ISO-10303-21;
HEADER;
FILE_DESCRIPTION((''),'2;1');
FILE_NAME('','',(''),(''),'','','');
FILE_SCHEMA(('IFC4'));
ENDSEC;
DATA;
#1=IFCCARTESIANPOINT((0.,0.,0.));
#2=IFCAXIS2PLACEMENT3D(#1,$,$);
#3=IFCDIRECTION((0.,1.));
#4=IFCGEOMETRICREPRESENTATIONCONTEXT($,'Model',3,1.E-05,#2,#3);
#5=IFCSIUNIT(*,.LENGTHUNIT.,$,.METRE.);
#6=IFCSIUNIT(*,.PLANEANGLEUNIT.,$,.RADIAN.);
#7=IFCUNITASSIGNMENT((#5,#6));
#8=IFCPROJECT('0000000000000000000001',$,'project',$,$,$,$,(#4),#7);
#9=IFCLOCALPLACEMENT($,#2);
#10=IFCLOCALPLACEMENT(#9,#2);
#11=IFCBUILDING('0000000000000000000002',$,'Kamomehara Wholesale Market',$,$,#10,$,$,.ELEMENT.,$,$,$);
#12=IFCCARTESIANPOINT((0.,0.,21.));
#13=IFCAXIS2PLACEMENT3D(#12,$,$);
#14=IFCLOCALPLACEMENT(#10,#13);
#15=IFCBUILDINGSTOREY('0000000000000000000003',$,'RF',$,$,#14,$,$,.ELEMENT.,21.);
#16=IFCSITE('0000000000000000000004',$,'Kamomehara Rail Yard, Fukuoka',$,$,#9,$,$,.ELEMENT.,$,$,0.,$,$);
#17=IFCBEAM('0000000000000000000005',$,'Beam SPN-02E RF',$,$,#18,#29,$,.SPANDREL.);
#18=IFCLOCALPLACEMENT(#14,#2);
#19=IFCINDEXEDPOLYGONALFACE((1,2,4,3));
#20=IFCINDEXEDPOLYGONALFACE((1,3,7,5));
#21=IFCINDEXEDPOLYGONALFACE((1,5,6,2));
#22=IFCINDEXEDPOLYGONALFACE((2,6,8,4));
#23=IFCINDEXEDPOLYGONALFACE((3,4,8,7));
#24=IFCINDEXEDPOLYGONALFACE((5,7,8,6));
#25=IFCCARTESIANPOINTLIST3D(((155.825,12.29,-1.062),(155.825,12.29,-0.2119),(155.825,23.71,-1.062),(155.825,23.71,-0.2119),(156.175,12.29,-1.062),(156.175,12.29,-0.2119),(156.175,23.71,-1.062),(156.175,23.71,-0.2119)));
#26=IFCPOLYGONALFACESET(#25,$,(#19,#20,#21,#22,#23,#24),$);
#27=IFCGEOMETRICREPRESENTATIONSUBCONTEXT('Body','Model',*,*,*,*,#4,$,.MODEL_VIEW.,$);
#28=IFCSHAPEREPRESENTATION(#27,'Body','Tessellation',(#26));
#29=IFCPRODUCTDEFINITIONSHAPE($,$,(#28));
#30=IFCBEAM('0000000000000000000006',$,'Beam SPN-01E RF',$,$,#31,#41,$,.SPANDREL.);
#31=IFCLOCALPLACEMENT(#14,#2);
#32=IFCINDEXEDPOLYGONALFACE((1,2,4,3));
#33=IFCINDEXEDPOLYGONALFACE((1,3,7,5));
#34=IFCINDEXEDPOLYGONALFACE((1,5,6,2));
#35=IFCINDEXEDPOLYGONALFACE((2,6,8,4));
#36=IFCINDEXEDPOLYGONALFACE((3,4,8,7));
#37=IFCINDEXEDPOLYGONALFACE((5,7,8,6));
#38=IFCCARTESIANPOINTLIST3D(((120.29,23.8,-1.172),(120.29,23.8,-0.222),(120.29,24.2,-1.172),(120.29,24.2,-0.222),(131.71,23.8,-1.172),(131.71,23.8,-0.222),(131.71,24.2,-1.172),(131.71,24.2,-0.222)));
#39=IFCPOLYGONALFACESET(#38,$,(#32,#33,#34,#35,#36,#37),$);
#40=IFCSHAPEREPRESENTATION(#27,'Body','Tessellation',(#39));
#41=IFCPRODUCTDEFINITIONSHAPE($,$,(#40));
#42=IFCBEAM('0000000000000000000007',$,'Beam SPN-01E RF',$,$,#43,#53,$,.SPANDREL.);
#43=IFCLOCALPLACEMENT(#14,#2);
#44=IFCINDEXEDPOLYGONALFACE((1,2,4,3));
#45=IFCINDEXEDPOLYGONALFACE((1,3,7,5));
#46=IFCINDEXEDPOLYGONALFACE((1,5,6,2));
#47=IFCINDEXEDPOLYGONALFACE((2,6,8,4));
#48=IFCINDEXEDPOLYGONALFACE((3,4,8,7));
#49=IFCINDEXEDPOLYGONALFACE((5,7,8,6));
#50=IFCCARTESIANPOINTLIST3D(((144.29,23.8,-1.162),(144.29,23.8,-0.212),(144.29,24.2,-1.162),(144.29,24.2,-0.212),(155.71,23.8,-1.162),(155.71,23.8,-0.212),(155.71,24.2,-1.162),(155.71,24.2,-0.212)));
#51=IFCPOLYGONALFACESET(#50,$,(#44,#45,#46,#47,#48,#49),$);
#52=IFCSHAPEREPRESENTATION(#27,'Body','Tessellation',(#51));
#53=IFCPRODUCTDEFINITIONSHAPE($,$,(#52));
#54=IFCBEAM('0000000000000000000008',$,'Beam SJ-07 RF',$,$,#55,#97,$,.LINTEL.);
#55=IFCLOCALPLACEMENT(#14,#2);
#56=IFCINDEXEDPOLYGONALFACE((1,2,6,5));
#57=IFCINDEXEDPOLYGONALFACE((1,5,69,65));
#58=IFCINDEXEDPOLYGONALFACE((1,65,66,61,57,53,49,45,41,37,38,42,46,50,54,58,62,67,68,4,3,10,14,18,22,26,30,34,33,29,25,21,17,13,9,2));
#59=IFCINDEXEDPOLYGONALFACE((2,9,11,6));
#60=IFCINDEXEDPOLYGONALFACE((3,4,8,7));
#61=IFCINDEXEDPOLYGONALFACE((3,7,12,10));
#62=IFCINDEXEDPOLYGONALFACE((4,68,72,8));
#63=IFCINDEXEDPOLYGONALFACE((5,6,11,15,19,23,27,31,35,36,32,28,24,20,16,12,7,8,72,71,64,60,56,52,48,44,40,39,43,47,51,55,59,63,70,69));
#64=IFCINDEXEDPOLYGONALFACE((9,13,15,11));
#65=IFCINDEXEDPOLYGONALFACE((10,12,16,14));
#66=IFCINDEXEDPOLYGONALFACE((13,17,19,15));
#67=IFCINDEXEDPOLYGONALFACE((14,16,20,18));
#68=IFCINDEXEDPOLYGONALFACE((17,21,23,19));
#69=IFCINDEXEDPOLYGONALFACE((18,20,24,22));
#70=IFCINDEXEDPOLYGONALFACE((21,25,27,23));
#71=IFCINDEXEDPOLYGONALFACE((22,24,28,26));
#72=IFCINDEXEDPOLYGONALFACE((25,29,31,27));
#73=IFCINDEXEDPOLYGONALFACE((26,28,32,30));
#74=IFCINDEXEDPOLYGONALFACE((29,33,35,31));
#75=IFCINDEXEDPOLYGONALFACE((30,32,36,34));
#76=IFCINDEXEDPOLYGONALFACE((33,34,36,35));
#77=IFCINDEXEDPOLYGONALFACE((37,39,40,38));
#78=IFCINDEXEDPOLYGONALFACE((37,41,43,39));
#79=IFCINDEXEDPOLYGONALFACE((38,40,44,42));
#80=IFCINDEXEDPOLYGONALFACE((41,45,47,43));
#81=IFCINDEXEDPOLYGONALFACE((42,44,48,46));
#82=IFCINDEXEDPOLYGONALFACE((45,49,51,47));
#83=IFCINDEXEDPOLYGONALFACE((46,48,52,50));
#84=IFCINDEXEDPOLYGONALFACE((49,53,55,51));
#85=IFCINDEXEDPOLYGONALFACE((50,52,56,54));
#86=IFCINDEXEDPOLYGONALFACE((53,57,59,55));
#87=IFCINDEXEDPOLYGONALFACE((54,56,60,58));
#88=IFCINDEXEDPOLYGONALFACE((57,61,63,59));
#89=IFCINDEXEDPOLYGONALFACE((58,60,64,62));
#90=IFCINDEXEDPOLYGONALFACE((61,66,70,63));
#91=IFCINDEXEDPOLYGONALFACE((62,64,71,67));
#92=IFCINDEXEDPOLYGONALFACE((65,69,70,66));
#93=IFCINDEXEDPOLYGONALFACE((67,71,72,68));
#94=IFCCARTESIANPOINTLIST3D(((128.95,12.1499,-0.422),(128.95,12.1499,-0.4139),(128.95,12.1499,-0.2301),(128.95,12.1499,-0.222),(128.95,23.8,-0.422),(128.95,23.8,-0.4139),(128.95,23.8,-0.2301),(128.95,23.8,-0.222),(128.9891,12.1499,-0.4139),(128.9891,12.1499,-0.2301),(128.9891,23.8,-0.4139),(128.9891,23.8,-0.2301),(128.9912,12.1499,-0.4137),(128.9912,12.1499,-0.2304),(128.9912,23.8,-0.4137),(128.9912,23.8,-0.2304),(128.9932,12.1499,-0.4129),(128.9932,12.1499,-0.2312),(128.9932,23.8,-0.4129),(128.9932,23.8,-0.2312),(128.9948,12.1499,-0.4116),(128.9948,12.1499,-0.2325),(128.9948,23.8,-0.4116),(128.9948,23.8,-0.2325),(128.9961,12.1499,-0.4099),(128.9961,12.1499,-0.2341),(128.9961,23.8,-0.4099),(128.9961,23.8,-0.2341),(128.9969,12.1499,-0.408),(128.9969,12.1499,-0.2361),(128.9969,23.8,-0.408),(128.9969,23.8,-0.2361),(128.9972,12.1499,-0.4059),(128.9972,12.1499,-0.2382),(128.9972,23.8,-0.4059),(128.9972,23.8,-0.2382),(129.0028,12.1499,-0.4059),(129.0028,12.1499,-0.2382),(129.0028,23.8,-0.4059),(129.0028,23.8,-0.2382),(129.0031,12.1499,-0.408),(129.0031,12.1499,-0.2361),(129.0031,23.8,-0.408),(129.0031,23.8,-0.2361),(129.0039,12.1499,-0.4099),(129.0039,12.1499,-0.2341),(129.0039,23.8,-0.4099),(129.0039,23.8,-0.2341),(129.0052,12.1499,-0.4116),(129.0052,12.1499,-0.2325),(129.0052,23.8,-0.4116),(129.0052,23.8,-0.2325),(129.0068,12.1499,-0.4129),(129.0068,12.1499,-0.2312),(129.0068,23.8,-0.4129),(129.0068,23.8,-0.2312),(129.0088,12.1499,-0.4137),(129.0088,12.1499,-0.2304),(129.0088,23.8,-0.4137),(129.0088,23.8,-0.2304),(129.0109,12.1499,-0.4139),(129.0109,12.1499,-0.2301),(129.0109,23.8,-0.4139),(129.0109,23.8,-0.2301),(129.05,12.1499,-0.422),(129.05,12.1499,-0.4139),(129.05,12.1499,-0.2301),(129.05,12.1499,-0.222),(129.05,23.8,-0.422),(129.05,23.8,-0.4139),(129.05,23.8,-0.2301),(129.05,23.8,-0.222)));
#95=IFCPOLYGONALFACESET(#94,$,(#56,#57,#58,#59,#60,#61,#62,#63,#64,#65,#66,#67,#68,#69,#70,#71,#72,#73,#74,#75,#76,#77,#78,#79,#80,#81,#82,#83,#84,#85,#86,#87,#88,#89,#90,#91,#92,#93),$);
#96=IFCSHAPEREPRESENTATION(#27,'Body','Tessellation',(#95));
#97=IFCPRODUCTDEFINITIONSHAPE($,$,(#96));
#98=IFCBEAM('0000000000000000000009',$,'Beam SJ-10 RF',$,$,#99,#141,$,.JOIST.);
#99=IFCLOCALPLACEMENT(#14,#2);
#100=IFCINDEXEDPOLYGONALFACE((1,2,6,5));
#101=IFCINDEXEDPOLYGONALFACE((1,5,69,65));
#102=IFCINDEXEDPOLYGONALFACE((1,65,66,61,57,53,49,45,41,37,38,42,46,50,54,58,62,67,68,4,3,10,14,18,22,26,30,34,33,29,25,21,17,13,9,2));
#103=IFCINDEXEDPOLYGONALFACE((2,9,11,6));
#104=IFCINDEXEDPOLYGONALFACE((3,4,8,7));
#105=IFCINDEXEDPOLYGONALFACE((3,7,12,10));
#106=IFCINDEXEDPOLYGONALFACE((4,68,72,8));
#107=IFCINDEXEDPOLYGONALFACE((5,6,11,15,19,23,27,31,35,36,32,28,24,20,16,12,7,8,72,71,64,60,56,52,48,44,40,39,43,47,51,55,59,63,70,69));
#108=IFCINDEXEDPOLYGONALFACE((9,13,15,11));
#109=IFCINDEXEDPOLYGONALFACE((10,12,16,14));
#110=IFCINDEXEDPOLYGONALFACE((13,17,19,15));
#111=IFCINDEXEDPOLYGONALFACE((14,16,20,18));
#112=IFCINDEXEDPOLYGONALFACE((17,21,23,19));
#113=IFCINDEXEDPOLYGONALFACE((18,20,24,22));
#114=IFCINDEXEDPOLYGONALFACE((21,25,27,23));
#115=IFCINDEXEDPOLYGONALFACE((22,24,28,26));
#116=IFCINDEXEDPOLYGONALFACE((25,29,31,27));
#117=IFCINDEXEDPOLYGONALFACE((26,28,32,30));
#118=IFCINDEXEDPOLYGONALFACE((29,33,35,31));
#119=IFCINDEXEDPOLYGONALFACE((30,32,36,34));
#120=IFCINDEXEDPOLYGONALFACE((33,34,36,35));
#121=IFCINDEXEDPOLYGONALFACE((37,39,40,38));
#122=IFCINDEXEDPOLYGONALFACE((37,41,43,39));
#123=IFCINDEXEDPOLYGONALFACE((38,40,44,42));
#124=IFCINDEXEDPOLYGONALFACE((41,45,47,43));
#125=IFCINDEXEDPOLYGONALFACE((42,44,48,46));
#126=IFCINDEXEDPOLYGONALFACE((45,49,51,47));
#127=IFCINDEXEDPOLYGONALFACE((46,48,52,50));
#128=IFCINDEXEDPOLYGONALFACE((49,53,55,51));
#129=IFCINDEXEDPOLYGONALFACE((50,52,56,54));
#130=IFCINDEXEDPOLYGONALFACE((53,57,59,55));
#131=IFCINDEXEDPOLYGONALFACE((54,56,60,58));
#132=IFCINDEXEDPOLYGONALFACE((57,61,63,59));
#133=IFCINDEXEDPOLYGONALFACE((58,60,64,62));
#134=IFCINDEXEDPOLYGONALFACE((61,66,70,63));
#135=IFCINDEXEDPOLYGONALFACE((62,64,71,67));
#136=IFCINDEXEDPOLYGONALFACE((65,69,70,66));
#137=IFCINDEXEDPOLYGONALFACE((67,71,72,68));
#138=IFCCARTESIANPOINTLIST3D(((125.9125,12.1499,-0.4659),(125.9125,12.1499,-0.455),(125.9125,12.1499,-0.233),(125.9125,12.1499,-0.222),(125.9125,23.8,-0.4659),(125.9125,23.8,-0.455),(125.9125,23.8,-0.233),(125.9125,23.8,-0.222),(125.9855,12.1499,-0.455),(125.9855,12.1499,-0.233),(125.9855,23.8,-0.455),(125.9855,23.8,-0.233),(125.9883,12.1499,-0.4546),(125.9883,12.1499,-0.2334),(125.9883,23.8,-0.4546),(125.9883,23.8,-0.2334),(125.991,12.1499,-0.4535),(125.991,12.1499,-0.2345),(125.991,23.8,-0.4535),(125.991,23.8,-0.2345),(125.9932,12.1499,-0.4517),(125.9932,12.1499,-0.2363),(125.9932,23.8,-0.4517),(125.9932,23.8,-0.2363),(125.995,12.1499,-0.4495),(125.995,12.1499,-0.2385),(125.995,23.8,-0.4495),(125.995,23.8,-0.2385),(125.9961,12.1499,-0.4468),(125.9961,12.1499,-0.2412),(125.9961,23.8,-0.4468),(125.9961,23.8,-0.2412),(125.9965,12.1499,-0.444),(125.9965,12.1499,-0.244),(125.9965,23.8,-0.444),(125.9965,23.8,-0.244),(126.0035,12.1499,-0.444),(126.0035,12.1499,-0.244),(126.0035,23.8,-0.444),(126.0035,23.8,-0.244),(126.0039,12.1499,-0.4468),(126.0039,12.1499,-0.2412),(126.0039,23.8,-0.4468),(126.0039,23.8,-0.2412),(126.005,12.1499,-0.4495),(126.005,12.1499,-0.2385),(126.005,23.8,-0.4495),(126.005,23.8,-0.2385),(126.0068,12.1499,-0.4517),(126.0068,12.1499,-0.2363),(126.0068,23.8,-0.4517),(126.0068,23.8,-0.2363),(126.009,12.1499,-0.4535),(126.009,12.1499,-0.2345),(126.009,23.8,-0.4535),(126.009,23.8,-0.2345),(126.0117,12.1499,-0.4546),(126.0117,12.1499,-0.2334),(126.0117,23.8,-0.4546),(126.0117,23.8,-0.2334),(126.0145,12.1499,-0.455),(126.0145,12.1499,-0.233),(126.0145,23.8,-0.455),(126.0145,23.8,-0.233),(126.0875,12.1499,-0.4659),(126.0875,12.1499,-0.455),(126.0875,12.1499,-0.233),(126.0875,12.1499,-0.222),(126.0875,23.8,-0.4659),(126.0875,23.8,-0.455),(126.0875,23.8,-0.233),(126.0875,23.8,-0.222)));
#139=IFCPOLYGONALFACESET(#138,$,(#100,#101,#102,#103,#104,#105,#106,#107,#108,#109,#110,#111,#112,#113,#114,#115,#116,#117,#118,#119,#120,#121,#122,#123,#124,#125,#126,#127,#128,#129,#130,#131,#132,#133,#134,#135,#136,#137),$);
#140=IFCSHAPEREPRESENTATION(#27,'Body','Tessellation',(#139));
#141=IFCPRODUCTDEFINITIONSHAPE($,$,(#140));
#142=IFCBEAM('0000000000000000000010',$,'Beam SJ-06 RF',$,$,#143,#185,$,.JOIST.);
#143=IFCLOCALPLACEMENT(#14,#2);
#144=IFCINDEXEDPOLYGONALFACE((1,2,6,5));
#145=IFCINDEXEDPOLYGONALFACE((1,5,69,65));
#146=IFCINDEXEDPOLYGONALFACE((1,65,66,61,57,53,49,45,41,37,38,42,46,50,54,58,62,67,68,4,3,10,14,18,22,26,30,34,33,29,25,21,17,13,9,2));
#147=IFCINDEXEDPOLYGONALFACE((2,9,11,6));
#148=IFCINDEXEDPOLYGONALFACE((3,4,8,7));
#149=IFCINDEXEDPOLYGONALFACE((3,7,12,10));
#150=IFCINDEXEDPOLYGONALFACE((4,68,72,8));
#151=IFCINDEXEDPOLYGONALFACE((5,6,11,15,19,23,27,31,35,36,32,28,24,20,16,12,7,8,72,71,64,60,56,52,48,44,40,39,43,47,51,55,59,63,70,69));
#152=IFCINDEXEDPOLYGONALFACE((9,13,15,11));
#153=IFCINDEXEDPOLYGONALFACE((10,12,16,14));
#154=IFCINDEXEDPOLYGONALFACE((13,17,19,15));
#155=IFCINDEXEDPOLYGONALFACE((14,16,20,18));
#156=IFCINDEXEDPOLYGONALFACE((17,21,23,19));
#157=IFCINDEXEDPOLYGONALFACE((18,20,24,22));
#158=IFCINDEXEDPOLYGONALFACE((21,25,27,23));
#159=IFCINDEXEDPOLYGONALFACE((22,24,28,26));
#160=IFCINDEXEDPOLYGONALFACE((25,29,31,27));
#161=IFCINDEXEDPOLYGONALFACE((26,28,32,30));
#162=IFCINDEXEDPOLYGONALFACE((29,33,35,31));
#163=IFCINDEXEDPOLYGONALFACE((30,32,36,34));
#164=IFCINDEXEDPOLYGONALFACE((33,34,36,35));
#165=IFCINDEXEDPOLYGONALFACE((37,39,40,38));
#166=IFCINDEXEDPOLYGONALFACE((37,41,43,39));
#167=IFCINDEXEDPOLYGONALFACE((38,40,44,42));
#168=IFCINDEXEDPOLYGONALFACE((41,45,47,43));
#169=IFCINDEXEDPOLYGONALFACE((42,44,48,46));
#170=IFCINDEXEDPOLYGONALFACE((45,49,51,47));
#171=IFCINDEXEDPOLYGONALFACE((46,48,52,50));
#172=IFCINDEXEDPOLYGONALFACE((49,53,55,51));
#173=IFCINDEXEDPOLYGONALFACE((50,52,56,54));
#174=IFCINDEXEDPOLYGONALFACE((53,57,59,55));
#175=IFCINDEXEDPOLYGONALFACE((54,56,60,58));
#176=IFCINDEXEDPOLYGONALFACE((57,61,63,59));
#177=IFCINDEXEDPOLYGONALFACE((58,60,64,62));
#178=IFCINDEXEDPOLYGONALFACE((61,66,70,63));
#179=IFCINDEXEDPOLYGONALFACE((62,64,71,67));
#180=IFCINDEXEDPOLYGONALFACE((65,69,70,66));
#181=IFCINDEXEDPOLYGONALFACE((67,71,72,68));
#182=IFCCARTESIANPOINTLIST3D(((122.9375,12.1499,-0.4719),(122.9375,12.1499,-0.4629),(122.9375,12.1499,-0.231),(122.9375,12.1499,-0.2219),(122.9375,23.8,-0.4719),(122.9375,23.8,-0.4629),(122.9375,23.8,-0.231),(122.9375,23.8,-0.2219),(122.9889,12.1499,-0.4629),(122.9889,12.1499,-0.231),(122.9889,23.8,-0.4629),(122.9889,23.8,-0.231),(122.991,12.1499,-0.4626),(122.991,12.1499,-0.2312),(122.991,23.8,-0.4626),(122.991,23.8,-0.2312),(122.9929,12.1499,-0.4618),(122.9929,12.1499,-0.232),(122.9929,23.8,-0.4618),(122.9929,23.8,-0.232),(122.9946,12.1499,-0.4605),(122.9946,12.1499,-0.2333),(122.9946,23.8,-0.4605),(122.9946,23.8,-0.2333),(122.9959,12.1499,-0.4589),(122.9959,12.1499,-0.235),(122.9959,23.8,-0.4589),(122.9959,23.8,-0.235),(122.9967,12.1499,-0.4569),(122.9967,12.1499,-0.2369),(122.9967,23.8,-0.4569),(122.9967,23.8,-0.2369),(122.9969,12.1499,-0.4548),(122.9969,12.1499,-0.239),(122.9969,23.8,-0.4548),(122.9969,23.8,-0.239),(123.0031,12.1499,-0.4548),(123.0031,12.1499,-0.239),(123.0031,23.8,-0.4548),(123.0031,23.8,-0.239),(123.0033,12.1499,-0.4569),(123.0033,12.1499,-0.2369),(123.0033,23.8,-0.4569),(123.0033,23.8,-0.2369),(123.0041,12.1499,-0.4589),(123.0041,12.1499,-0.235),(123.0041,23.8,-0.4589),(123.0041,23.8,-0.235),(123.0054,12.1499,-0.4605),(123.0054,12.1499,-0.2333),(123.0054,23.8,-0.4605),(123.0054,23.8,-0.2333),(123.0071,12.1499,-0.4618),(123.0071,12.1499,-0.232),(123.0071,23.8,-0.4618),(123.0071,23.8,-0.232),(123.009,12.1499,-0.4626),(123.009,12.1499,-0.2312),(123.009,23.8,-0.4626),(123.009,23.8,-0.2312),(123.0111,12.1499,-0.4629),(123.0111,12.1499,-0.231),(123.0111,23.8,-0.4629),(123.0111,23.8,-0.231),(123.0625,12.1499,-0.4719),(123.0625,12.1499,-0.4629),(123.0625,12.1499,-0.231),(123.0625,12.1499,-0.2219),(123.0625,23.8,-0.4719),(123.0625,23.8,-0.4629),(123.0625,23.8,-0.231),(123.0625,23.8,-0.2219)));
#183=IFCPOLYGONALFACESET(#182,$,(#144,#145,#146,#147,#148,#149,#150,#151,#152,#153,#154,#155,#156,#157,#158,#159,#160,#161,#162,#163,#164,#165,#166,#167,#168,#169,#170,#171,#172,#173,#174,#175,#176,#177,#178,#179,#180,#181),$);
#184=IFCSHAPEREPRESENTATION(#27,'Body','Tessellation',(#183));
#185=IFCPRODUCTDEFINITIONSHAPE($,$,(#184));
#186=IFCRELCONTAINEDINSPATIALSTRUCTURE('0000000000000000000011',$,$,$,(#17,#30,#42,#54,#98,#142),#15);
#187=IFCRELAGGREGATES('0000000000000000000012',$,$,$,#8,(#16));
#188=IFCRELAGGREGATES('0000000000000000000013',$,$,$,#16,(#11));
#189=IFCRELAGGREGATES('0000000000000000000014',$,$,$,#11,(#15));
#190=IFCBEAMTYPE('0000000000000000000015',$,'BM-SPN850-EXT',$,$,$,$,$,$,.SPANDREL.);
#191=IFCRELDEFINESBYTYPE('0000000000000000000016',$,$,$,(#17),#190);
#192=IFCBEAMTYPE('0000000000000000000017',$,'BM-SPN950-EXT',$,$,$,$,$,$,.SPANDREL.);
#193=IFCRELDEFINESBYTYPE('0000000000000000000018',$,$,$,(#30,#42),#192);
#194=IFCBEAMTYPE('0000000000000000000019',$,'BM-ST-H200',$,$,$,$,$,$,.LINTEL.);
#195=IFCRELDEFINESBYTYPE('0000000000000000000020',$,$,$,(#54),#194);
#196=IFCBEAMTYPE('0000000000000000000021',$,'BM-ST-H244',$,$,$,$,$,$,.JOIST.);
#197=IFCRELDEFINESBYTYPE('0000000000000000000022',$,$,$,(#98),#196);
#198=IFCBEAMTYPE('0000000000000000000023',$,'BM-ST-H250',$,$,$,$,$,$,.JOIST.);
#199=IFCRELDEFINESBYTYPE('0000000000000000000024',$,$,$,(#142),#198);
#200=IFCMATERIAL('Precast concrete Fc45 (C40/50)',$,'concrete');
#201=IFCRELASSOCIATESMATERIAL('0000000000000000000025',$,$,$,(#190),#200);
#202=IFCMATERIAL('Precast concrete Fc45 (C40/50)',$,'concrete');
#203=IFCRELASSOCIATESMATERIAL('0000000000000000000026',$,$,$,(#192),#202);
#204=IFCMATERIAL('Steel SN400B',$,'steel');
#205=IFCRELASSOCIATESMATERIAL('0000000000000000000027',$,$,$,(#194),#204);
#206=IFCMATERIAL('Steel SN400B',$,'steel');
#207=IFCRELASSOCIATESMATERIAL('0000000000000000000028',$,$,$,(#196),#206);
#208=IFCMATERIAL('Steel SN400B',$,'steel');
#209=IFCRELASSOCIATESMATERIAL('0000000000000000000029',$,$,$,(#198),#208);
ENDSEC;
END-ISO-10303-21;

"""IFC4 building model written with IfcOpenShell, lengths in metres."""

from ifc_helpers import new_model, si_unit, direction, frame, origin, origin_2d, place, context, subcontext, project, spatial, rectangle, i_section, extrude, material, material_profile, profile_set, type_object, element, save


model = new_model("IFC4")

# Units and contexts
model_context = context("Model", 3, precision=1e-05, world=origin(), true_north=direction((0.0, 1.0)))
body_context = subcontext(model_context, "Body", "Model", "MODEL_VIEW")
ifc_project = project(units=[si_unit("LENGTHUNIT", "METRE"), si_unit("PLANEANGLEUNIT", "RADIAN")], contexts=[model_context])

# Site, building, storey
site_placement = place(None, origin())
site = spatial("IfcSite", under=ifc_project, at=site_placement, Name="Kamomehara Rail Yard, Fukuoka", CompositionType="ELEMENT", RefElevation=0.0)
building_placement = place(site_placement, origin())
building = spatial("IfcBuilding", under=site, at=building_placement, Name="Kamomehara Wholesale Market", CompositionType="ELEMENT")
storey_placement = place(building_placement, frame((0.0, 0.0, 21.0)))
storey = spatial("IfcBuildingStorey", under=building, at=storey_placement, Name="RF", CompositionType="ELEMENT", Elevation=21.0)

# Beams
ifc_material_1 = material(Name="Precast concrete Fc45 (C40/50)", Category="concrete")
ifc_material_profile_1 = material_profile(ifc_material_1, rectangle(XDim=0.3501, YDim=0.8501, at=origin_2d()), Name="PC-SPN-350x850")
ifc_profile_set_1 = profile_set([ifc_material_profile_1], Name="Precast concrete Fc45 (C40/50)")
beam_type_1 = type_object("IfcBeamType", Name="BM-SPN850-EXT", PredefinedType="SPANDREL", material=ifc_profile_set_1)
for number, where, z_axis, x_axis, name in (
    (1, (156.0, 12.29, -0.637), (0.0, 1.0, 0.0), (-1.0, 0.0, 0.0), "Beam SPN-02E RF"),
):
    element("IfcBeam", number, at=place(storey_placement, frame(where, z_axis=z_axis, x_axis=x_axis)), inside=storey, type_object=beam_type_1, Name=name, PredefinedType="SPANDREL", context=body_context, shape_type="SweptSolid", body=[
        extrude(rectangle(XDim=0.3501, YDim=0.8501, at=origin_2d()), origin(), (0.0, 0.0, 1.0), 11.4199),
    ])
ifc_material_2 = material(Name="Precast concrete Fc45 (C40/50)", Category="concrete")
ifc_material_profile_2 = material_profile(ifc_material_2, rectangle(XDim=0.3999, YDim=0.95, at=origin_2d()), Name="PC-SPN-400x950")
ifc_profile_set_2 = profile_set([ifc_material_profile_2], Name="Precast concrete Fc45 (C40/50)")
beam_type_2 = type_object("IfcBeamType", Name="BM-SPN950-EXT", PredefinedType="SPANDREL", material=ifc_profile_set_2)
for number, where, z_axis, x_axis, name in (
    (2, (120.29, 24.0, -0.697), (1.0, 0.0, 0.0), (0.0, 1.0, 0.0), "Beam SPN-01E RF"),
    (3, (144.29, 24.0, -0.687), (1.0, 0.0, 0.0), (0.0, 1.0, 0.0), "Beam SPN-01E RF"),
):
    element("IfcBeam", number, at=place(storey_placement, frame(where, z_axis=z_axis, x_axis=x_axis)), inside=storey, type_object=beam_type_2, Name=name, PredefinedType="SPANDREL", context=body_context, shape_type="SweptSolid", body=[
        extrude(rectangle(XDim=0.3999, YDim=0.95, at=origin_2d()), origin(), (0.0, 0.0, 1.0), 11.4199),
    ])
ifc_material_3 = material(Name="Steel SN400B", Category="steel")
ifc_material_profile_3 = material_profile(ifc_material_3, i_section(OverallWidth=0.1001, OverallDepth=0.2, WebThickness=0.0056, FlangeThickness=0.0081, FilletRadius=0.0081, at=origin_2d()), Name="H-200x100x5.5x8")
ifc_profile_set_3 = profile_set([ifc_material_profile_3], Name="Steel SN400B")
beam_type_3 = type_object("IfcBeamType", Name="BM-ST-H200", PredefinedType="LINTEL", material=ifc_profile_set_3)
beam_1_placement = place(storey_placement, frame((129.0, 12.1499, -0.322), z_axis=(0.0, 1.0, 0.0), x_axis=(-1.0, 0.0, 0.0)))
element("IfcBeam", 4, at=beam_1_placement, inside=storey, type_object=beam_type_3, Name="Beam SJ-07 RF", PredefinedType="LINTEL", context=body_context, shape_type="SweptSolid", body=[
    extrude(i_section(OverallWidth=0.1001, OverallDepth=0.2, WebThickness=0.0056, FlangeThickness=0.0081, FilletRadius=0.0081, at=origin_2d()), origin(), (0.0, 0.0, 1.0), 11.6501),
])
ifc_material_4 = material(Name="Steel SN400B", Category="steel")
ifc_material_profile_4 = material_profile(ifc_material_4, i_section(OverallWidth=0.175, OverallDepth=0.2439, WebThickness=0.0071, FlangeThickness=0.011, FilletRadius=0.011, at=origin_2d()), Name="H-244x175x7x11")
ifc_profile_set_4 = profile_set([ifc_material_profile_4], Name="Steel SN400B")
beam_type_4 = type_object("IfcBeamType", Name="BM-ST-H244", PredefinedType="JOIST", material=ifc_profile_set_4)
beam_2_placement = place(storey_placement, frame((126.0, 12.1499, -0.344), z_axis=(0.0, 1.0, 0.0), x_axis=(-1.0, 0.0, 0.0)))
element("IfcBeam", 5, at=beam_2_placement, inside=storey, type_object=beam_type_4, Name="Beam SJ-10 RF", PredefinedType="JOIST", context=body_context, shape_type="SweptSolid", body=[
    extrude(i_section(OverallWidth=0.175, OverallDepth=0.2439, WebThickness=0.0071, FlangeThickness=0.011, FilletRadius=0.011, at=origin_2d()), origin(), (0.0, 0.0, 1.0), 11.6501),
])
ifc_material_5 = material(Name="Steel SN400B", Category="steel")
ifc_material_profile_5 = material_profile(ifc_material_5, i_section(OverallWidth=0.125, OverallDepth=0.25, WebThickness=0.0061, FlangeThickness=0.009, FilletRadius=0.0081, at=origin_2d()), Name="H-250x125x6x9")
ifc_profile_set_5 = profile_set([ifc_material_profile_5], Name="Steel SN400B")
beam_type_5 = type_object("IfcBeamType", Name="BM-ST-H250", PredefinedType="JOIST", material=ifc_profile_set_5)
beam_3_placement = place(storey_placement, frame((123.0, 12.1499, -0.3469), z_axis=(0.0, 1.0, 0.0), x_axis=(-1.0, 0.0, 0.0)))
element("IfcBeam", 6, at=beam_3_placement, inside=storey, type_object=beam_type_5, Name="Beam SJ-06 RF", PredefinedType="JOIST", context=body_context, shape_type="SweptSolid", body=[
    extrude(i_section(OverallWidth=0.125, OverallDepth=0.25, WebThickness=0.0061, FlangeThickness=0.009, FilletRadius=0.0081, at=origin_2d()), origin(), (0.0, 0.0, 1.0), 11.6501),
])

save(model, "model.ifc")
